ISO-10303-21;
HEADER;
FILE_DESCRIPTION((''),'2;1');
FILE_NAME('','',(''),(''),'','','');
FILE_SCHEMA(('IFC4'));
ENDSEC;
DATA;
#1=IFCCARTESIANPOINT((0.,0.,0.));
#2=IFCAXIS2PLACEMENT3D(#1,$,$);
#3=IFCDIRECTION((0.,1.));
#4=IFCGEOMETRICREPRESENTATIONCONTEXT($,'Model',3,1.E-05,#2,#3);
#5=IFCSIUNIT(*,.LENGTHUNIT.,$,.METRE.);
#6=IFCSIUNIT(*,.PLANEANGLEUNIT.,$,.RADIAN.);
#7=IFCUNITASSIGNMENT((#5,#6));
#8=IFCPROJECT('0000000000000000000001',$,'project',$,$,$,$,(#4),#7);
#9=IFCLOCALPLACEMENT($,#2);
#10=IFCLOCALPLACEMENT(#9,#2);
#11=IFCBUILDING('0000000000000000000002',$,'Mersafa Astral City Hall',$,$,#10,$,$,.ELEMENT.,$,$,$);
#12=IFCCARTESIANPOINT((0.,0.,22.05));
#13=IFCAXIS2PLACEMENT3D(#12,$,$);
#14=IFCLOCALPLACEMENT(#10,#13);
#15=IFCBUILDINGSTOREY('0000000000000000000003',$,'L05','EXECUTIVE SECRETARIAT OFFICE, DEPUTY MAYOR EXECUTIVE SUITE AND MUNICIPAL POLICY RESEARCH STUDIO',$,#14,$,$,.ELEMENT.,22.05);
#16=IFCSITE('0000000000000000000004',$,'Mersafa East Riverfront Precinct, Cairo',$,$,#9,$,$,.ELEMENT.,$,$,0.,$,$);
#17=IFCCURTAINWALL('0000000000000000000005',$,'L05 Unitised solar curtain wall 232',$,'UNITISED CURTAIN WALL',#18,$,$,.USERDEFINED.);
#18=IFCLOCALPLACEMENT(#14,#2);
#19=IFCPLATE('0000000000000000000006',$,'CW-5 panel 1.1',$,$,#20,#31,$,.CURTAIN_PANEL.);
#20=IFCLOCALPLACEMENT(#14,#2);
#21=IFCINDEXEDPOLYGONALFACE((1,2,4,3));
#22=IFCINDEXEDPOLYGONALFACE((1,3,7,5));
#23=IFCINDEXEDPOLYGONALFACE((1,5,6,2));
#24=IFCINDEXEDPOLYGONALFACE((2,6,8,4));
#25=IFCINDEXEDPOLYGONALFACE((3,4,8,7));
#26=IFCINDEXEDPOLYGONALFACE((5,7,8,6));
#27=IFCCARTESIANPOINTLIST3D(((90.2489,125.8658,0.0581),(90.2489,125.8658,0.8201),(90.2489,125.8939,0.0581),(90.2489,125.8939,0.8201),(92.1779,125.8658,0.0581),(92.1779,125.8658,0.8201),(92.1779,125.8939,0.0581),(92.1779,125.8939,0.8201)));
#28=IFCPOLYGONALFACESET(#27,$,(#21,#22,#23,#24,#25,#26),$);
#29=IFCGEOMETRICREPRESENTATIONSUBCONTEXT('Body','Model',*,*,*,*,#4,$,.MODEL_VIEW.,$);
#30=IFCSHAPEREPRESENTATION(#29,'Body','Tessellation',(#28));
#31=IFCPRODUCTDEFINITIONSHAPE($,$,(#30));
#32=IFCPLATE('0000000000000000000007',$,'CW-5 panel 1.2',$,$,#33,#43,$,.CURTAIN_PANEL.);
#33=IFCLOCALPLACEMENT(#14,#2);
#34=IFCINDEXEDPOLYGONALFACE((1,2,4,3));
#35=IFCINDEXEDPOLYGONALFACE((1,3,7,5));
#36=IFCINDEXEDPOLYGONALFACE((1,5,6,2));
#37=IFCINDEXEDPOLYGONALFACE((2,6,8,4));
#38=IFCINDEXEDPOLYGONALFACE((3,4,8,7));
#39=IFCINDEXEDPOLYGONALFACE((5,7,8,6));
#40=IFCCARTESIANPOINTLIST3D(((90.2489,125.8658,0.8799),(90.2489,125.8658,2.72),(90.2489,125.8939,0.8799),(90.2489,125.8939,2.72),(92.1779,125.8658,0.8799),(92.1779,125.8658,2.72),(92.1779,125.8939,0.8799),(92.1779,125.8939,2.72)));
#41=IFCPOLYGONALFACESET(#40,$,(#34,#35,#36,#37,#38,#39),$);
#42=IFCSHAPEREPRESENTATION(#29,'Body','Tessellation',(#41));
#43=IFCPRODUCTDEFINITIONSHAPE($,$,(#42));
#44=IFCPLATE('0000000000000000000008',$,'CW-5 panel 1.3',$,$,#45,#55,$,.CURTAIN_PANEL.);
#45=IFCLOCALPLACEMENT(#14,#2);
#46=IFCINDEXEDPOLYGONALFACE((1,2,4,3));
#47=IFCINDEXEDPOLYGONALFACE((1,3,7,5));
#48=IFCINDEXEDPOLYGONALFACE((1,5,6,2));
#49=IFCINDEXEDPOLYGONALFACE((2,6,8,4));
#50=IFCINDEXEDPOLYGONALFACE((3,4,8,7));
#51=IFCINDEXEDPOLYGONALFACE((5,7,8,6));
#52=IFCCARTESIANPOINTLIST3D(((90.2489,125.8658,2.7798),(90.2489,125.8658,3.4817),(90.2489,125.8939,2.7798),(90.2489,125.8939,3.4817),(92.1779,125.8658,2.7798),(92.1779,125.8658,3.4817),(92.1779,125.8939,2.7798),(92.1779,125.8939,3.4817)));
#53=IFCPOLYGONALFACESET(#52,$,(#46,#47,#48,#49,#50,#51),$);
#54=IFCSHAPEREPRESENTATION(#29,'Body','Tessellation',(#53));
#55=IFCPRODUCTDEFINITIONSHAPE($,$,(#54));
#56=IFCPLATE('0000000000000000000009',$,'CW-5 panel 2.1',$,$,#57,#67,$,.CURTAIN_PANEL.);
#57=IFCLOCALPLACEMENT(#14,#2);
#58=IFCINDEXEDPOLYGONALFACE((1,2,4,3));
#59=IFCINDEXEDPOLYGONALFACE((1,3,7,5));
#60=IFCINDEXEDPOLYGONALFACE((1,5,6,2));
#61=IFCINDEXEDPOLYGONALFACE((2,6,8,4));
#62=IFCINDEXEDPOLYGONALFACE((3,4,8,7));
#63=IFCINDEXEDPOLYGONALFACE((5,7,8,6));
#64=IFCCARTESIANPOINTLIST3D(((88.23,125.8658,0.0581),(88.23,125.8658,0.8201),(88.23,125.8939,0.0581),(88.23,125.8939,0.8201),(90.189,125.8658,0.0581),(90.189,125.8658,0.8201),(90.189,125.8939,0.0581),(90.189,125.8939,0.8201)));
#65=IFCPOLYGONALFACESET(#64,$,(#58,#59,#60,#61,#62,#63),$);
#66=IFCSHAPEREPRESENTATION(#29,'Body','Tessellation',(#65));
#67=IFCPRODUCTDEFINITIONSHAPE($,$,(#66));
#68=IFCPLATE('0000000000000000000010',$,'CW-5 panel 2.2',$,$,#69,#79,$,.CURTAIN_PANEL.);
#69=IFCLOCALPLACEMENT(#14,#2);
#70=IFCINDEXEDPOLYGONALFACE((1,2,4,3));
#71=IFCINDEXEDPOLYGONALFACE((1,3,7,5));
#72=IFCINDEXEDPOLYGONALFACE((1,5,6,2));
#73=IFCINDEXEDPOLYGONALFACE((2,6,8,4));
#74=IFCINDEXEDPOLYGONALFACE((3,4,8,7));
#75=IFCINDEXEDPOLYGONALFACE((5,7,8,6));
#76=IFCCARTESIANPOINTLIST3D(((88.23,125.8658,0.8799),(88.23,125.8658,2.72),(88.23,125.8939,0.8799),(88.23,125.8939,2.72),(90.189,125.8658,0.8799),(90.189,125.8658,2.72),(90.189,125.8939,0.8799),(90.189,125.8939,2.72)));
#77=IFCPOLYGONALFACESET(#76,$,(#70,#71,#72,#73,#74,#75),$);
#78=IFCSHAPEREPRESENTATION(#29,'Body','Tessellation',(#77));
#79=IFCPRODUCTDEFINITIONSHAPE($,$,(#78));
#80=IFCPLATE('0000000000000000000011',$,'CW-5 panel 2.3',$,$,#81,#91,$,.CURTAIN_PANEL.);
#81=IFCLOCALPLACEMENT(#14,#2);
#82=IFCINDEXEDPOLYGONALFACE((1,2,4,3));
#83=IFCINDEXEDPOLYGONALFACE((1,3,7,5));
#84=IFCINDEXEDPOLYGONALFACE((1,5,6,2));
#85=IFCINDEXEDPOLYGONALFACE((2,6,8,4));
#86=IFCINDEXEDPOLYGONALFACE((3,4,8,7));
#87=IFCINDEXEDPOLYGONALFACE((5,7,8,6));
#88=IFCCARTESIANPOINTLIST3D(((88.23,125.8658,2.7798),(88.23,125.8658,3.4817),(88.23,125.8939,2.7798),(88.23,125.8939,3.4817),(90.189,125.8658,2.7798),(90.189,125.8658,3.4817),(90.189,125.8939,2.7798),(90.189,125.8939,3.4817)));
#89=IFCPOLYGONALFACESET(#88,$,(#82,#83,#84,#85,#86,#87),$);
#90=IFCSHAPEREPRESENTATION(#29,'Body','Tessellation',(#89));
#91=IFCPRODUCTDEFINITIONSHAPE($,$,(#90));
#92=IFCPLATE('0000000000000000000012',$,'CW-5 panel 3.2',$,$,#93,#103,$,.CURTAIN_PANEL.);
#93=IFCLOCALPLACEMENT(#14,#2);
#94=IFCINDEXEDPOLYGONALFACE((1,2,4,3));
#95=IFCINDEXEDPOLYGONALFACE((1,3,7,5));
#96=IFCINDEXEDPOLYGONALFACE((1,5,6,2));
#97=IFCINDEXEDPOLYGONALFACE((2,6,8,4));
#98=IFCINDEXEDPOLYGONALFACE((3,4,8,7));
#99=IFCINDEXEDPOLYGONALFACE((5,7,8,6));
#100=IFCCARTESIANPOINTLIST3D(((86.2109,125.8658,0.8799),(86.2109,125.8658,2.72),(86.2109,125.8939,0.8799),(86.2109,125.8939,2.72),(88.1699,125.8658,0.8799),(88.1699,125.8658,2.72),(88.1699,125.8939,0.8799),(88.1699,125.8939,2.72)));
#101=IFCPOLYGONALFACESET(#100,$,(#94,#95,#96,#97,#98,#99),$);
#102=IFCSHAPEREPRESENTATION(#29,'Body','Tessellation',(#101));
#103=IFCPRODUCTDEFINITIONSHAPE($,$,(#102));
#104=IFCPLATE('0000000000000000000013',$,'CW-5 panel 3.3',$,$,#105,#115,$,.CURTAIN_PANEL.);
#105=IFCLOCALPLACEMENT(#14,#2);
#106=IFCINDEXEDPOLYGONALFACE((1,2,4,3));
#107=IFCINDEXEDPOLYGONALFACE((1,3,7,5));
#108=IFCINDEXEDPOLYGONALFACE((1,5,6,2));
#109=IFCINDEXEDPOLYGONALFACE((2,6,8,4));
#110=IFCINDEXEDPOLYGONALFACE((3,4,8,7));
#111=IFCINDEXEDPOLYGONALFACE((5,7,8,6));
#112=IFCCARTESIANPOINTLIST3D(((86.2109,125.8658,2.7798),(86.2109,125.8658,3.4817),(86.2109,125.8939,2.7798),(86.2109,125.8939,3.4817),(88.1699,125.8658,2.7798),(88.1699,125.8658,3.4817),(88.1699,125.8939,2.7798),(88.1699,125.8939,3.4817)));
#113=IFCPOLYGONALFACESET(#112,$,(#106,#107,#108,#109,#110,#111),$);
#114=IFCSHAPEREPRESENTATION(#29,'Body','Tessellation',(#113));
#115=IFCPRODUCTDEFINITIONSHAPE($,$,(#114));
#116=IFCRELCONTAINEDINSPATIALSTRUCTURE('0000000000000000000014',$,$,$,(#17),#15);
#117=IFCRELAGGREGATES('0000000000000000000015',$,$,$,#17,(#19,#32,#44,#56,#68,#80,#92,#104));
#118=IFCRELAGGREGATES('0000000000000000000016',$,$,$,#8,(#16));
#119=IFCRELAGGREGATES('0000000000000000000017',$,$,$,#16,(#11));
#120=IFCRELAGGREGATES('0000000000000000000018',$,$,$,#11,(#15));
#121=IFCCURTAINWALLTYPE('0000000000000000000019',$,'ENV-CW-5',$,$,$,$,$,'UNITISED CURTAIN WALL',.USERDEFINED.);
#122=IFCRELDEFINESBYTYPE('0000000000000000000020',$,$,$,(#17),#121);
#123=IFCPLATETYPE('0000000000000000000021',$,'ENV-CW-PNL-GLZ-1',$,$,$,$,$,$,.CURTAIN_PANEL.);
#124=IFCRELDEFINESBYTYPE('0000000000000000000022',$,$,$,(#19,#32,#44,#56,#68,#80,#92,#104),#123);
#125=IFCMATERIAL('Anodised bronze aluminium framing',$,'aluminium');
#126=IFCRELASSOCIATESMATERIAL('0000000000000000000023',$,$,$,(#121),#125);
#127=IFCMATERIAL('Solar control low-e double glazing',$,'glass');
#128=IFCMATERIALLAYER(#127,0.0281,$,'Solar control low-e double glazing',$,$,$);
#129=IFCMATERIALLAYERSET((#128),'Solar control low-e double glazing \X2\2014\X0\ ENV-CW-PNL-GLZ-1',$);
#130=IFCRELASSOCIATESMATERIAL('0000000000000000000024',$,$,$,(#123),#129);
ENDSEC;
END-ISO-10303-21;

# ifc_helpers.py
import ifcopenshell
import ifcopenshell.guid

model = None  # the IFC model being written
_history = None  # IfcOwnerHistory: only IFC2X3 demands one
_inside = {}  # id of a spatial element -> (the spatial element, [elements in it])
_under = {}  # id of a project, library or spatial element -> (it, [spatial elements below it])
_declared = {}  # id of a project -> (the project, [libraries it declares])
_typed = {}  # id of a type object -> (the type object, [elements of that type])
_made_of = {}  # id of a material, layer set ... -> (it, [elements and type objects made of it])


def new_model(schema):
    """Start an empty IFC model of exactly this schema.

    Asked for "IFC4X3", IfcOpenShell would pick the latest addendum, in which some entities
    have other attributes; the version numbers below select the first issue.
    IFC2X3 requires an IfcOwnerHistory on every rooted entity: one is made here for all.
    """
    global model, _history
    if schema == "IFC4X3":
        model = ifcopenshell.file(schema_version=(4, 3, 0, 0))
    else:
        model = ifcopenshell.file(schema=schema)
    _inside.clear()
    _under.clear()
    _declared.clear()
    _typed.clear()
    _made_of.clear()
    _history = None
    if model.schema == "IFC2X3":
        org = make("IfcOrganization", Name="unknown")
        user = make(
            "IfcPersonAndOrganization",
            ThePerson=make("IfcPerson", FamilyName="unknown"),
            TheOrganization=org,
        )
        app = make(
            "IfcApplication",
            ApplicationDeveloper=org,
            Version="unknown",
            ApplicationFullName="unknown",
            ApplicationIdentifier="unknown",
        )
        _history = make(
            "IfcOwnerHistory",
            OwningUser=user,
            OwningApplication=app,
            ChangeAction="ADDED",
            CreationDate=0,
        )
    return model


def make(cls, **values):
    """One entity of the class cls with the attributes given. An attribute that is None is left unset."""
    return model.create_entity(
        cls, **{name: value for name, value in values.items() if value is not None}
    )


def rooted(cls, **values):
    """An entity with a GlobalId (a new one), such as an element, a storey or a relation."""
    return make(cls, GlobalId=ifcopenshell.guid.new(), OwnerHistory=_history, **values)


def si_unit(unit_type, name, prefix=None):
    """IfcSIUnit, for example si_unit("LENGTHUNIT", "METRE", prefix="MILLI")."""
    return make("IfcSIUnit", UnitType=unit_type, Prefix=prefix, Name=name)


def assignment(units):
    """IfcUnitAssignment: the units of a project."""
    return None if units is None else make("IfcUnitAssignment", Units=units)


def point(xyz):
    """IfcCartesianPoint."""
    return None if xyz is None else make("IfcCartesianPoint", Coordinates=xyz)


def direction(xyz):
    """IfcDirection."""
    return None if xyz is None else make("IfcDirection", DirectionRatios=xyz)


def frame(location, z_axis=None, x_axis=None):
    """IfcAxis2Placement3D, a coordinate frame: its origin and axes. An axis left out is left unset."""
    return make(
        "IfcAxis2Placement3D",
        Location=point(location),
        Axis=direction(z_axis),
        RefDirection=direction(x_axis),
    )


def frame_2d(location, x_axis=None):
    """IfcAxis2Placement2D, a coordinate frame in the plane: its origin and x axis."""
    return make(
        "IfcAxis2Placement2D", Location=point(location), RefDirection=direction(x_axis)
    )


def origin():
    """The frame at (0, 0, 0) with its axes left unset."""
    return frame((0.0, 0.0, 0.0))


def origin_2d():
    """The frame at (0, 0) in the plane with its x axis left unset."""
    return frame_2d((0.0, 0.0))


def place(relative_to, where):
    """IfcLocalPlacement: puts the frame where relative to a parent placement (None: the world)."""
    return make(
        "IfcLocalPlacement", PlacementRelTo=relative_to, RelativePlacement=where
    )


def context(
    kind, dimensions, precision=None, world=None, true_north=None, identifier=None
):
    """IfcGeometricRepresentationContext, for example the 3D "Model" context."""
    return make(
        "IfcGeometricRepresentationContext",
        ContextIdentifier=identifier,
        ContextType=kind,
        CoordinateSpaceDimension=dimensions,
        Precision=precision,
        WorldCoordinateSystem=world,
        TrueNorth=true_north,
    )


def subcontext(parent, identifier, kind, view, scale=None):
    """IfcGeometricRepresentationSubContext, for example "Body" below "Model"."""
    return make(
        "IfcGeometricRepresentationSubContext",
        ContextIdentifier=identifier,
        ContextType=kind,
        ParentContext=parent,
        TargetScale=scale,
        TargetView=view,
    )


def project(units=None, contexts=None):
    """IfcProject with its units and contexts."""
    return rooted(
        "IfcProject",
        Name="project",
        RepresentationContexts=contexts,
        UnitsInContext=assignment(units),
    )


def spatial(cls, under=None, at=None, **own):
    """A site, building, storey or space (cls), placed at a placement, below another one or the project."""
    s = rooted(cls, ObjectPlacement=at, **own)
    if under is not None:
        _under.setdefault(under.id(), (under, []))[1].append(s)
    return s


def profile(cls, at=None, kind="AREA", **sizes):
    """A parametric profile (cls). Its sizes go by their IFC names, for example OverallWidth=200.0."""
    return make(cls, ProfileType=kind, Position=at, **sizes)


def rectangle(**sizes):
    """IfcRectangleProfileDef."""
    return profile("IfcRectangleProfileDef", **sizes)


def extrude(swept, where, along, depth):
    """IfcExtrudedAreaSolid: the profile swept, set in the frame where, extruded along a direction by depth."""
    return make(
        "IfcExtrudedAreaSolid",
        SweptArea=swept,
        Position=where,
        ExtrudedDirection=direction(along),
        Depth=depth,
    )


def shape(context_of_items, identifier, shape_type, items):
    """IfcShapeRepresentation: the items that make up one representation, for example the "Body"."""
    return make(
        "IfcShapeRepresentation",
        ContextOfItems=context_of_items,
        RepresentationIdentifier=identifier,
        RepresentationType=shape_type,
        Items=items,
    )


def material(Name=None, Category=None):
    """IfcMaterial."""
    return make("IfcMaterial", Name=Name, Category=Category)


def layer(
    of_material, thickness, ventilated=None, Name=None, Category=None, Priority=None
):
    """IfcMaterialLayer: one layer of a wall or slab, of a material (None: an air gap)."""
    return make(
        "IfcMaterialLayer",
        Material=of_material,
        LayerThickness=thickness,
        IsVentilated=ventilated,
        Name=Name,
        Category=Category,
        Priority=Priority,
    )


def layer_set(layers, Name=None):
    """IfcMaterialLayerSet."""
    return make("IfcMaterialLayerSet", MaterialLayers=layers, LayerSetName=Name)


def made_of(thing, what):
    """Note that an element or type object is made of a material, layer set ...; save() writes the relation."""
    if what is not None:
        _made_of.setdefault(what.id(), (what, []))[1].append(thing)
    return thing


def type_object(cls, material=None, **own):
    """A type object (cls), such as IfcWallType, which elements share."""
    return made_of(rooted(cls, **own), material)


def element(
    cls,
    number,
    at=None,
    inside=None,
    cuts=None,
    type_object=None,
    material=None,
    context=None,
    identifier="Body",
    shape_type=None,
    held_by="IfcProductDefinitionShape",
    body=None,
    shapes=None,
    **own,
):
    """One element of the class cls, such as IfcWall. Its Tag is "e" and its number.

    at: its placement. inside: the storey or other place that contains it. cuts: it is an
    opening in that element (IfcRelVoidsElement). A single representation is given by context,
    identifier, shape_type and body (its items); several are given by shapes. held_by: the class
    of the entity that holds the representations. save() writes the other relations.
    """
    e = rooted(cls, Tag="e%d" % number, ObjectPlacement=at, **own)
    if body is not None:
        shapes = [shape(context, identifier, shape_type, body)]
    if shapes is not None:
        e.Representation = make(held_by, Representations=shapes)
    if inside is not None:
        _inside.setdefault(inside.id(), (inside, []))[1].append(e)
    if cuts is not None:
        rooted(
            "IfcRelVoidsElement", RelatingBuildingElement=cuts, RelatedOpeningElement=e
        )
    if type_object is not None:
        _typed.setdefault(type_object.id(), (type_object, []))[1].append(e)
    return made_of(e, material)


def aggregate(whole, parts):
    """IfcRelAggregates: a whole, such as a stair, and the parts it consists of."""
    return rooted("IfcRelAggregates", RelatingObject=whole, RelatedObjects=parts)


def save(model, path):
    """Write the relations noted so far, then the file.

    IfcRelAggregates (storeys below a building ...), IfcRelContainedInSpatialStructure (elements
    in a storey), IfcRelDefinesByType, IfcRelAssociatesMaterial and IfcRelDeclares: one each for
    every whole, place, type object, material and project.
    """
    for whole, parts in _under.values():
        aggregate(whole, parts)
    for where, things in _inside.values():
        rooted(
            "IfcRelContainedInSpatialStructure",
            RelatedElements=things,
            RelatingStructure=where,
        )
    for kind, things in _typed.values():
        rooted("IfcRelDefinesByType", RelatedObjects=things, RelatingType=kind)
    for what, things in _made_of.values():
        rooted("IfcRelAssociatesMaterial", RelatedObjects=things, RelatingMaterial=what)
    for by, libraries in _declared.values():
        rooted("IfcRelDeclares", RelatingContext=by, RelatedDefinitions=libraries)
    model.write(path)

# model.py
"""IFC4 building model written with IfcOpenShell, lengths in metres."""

from ifc_helpers import new_model, si_unit, direction, frame, origin, origin_2d, place, context, subcontext, project, spatial, rectangle, extrude, material, layer, layer_set, type_object, element, aggregate, save


model = new_model("IFC4")

# Units and contexts
model_context = context("Model", 3, precision=1e-05, world=origin(), true_north=direction((0.0, 1.0)))
body_context = subcontext(model_context, "Body", "Model", "MODEL_VIEW")
ifc_project = project(units=[si_unit("LENGTHUNIT", "METRE"), si_unit("PLANEANGLEUNIT", "RADIAN")], contexts=[model_context])

# Site, building, storey
site_placement = place(None, origin())
site = spatial("IfcSite", under=ifc_project, at=site_placement, Name="Mersafa East Riverfront Precinct, Cairo", CompositionType="ELEMENT", RefElevation=0.0)
building_placement = place(site_placement, origin())
building = spatial("IfcBuilding", under=site, at=building_placement, Name="Mersafa Astral City Hall", CompositionType="ELEMENT")
storey_placement = place(building_placement, frame((0.0, 0.0, 22.05)))
storey = spatial("IfcBuildingStorey", under=building, at=storey_placement, Name="L05", Description="EXECUTIVE SECRETARIAT OFFICE, DEPUTY MAYOR EXECUTIVE SUITE AND MUNICIPAL POLICY RESEARCH STUDIO", CompositionType="ELEMENT", Elevation=22.05)

# Shared definitions
ifc_material_1 = material(Name="Anodised bronze aluminium framing", Category="aluminium")

# Curtain wall
curtain_wall_type_1 = type_object("IfcCurtainWallType", Name="ENV-CW-5", ElementType="UNITISED CURTAIN WALL", PredefinedType="USERDEFINED", material=ifc_material_1)
curtain_wall_1_placement = place(storey_placement, origin())
curtain_wall_1 = element("IfcCurtainWall", 1, at=curtain_wall_1_placement, inside=storey, type_object=curtain_wall_type_1, Name="L05 Unitised solar curtain wall 232", ObjectType="UNITISED CURTAIN WALL", PredefinedType="USERDEFINED")

# Plates
ifc_material_2 = material(Name="Solar control low-e double glazing", Category="glass")
ifc_layer = layer(ifc_material_2, 0.0281, Name="Solar control low-e double glazing")
ifc_layer_set = layer_set([ifc_layer], Name="Solar control low-e double glazing — ENV-CW-PNL-GLZ-1")
plate_type = type_object("IfcPlateType", Name="ENV-CW-PNL-GLZ-1", PredefinedType="CURTAIN_PANEL", material=ifc_layer_set)
plate_1_placement = place(storey_placement, frame((91.2134, 125.8799, 0.0581), z_axis=(0.0, 0.0, 1.0), x_axis=(-1.0, 0.0, 0.0)))
plate_1 = element("IfcPlate", 2, at=plate_1_placement, type_object=plate_type, Name="CW-5 panel 1.1", PredefinedType="CURTAIN_PANEL", context=body_context, shape_type="SweptSolid", body=[
    extrude(rectangle(XDim=1.929, YDim=0.0281, at=origin_2d()), origin(), (0.0, 0.0, 1.0), 0.762),
])
plate_2_placement = place(storey_placement, frame((91.2134, 125.8799, 0.8799), z_axis=(0.0, 0.0, 1.0), x_axis=(-1.0, 0.0, 0.0)))
plate_2 = element("IfcPlate", 3, at=plate_2_placement, type_object=plate_type, Name="CW-5 panel 1.2", PredefinedType="CURTAIN_PANEL", context=body_context, shape_type="SweptSolid", body=[
    extrude(rectangle(XDim=1.929, YDim=0.0281, at=origin_2d()), origin(), (0.0, 0.0, 1.0), 1.8401),
])
plate_3_placement = place(storey_placement, frame((91.2134, 125.8799, 2.7798), z_axis=(0.0, 0.0, 1.0), x_axis=(-1.0, 0.0, 0.0)))
plate_3 = element("IfcPlate", 4, at=plate_3_placement, type_object=plate_type, Name="CW-5 panel 1.3", PredefinedType="CURTAIN_PANEL", context=body_context, shape_type="SweptSolid", body=[
    extrude(rectangle(XDim=1.929, YDim=0.0281, at=origin_2d()), origin(), (0.0, 0.0, 1.0), 0.7019),
])
plate_4_placement = place(storey_placement, frame((89.2095, 125.8799, 0.0581), z_axis=(0.0, 0.0, 1.0), x_axis=(-1.0, 0.0, 0.0)))
plate_4 = element("IfcPlate", 5, at=plate_4_placement, type_object=plate_type, Name="CW-5 panel 2.1", PredefinedType="CURTAIN_PANEL", context=body_context, shape_type="SweptSolid", body=[
    extrude(rectangle(XDim=1.959, YDim=0.0281, at=origin_2d()), origin(), (0.0, 0.0, 1.0), 0.762),
])
plate_5_placement = place(storey_placement, frame((89.2095, 125.8799, 0.8799), z_axis=(0.0, 0.0, 1.0), x_axis=(-1.0, 0.0, 0.0)))
plate_5 = element("IfcPlate", 6, at=plate_5_placement, type_object=plate_type, Name="CW-5 panel 2.2", PredefinedType="CURTAIN_PANEL", context=body_context, shape_type="SweptSolid", body=[
    extrude(rectangle(XDim=1.959, YDim=0.0281, at=origin_2d()), origin(), (0.0, 0.0, 1.0), 1.8401),
])
plate_6_placement = place(storey_placement, frame((89.2095, 125.8799, 2.7798), z_axis=(0.0, 0.0, 1.0), x_axis=(-1.0, 0.0, 0.0)))
plate_6 = element("IfcPlate", 7, at=plate_6_placement, type_object=plate_type, Name="CW-5 panel 2.3", PredefinedType="CURTAIN_PANEL", context=body_context, shape_type="SweptSolid", body=[
    extrude(rectangle(XDim=1.959, YDim=0.0281, at=origin_2d()), origin(), (0.0, 0.0, 1.0), 0.7019),
])
plate_7_placement = place(storey_placement, frame((87.1904, 125.8799, 0.8799), z_axis=(0.0, 0.0, 1.0), x_axis=(-1.0, 0.0, 0.0)))
plate_7 = element("IfcPlate", 8, at=plate_7_placement, type_object=plate_type, Name="CW-5 panel 3.2", PredefinedType="CURTAIN_PANEL", context=body_context, shape_type="SweptSolid", body=[
    extrude(rectangle(XDim=1.959, YDim=0.0281, at=origin_2d()), origin(), (0.0, 0.0, 1.0), 1.8401),
])
plate_8_placement = place(storey_placement, frame((87.1904, 125.8799, 2.7798), z_axis=(0.0, 0.0, 1.0), x_axis=(-1.0, 0.0, 0.0)))
plate_8 = element("IfcPlate", 9, at=plate_8_placement, type_object=plate_type, Name="CW-5 panel 3.3", PredefinedType="CURTAIN_PANEL", context=body_context, shape_type="SweptSolid", body=[
    extrude(rectangle(XDim=1.959, YDim=0.0281, at=origin_2d()), origin(), (0.0, 0.0, 1.0), 0.7019),
])
aggregate(curtain_wall_1, [plate_1, plate_2, plate_3, plate_4, plate_5, plate_6, plate_7, plate_8])

save(model, "model.ifc")
